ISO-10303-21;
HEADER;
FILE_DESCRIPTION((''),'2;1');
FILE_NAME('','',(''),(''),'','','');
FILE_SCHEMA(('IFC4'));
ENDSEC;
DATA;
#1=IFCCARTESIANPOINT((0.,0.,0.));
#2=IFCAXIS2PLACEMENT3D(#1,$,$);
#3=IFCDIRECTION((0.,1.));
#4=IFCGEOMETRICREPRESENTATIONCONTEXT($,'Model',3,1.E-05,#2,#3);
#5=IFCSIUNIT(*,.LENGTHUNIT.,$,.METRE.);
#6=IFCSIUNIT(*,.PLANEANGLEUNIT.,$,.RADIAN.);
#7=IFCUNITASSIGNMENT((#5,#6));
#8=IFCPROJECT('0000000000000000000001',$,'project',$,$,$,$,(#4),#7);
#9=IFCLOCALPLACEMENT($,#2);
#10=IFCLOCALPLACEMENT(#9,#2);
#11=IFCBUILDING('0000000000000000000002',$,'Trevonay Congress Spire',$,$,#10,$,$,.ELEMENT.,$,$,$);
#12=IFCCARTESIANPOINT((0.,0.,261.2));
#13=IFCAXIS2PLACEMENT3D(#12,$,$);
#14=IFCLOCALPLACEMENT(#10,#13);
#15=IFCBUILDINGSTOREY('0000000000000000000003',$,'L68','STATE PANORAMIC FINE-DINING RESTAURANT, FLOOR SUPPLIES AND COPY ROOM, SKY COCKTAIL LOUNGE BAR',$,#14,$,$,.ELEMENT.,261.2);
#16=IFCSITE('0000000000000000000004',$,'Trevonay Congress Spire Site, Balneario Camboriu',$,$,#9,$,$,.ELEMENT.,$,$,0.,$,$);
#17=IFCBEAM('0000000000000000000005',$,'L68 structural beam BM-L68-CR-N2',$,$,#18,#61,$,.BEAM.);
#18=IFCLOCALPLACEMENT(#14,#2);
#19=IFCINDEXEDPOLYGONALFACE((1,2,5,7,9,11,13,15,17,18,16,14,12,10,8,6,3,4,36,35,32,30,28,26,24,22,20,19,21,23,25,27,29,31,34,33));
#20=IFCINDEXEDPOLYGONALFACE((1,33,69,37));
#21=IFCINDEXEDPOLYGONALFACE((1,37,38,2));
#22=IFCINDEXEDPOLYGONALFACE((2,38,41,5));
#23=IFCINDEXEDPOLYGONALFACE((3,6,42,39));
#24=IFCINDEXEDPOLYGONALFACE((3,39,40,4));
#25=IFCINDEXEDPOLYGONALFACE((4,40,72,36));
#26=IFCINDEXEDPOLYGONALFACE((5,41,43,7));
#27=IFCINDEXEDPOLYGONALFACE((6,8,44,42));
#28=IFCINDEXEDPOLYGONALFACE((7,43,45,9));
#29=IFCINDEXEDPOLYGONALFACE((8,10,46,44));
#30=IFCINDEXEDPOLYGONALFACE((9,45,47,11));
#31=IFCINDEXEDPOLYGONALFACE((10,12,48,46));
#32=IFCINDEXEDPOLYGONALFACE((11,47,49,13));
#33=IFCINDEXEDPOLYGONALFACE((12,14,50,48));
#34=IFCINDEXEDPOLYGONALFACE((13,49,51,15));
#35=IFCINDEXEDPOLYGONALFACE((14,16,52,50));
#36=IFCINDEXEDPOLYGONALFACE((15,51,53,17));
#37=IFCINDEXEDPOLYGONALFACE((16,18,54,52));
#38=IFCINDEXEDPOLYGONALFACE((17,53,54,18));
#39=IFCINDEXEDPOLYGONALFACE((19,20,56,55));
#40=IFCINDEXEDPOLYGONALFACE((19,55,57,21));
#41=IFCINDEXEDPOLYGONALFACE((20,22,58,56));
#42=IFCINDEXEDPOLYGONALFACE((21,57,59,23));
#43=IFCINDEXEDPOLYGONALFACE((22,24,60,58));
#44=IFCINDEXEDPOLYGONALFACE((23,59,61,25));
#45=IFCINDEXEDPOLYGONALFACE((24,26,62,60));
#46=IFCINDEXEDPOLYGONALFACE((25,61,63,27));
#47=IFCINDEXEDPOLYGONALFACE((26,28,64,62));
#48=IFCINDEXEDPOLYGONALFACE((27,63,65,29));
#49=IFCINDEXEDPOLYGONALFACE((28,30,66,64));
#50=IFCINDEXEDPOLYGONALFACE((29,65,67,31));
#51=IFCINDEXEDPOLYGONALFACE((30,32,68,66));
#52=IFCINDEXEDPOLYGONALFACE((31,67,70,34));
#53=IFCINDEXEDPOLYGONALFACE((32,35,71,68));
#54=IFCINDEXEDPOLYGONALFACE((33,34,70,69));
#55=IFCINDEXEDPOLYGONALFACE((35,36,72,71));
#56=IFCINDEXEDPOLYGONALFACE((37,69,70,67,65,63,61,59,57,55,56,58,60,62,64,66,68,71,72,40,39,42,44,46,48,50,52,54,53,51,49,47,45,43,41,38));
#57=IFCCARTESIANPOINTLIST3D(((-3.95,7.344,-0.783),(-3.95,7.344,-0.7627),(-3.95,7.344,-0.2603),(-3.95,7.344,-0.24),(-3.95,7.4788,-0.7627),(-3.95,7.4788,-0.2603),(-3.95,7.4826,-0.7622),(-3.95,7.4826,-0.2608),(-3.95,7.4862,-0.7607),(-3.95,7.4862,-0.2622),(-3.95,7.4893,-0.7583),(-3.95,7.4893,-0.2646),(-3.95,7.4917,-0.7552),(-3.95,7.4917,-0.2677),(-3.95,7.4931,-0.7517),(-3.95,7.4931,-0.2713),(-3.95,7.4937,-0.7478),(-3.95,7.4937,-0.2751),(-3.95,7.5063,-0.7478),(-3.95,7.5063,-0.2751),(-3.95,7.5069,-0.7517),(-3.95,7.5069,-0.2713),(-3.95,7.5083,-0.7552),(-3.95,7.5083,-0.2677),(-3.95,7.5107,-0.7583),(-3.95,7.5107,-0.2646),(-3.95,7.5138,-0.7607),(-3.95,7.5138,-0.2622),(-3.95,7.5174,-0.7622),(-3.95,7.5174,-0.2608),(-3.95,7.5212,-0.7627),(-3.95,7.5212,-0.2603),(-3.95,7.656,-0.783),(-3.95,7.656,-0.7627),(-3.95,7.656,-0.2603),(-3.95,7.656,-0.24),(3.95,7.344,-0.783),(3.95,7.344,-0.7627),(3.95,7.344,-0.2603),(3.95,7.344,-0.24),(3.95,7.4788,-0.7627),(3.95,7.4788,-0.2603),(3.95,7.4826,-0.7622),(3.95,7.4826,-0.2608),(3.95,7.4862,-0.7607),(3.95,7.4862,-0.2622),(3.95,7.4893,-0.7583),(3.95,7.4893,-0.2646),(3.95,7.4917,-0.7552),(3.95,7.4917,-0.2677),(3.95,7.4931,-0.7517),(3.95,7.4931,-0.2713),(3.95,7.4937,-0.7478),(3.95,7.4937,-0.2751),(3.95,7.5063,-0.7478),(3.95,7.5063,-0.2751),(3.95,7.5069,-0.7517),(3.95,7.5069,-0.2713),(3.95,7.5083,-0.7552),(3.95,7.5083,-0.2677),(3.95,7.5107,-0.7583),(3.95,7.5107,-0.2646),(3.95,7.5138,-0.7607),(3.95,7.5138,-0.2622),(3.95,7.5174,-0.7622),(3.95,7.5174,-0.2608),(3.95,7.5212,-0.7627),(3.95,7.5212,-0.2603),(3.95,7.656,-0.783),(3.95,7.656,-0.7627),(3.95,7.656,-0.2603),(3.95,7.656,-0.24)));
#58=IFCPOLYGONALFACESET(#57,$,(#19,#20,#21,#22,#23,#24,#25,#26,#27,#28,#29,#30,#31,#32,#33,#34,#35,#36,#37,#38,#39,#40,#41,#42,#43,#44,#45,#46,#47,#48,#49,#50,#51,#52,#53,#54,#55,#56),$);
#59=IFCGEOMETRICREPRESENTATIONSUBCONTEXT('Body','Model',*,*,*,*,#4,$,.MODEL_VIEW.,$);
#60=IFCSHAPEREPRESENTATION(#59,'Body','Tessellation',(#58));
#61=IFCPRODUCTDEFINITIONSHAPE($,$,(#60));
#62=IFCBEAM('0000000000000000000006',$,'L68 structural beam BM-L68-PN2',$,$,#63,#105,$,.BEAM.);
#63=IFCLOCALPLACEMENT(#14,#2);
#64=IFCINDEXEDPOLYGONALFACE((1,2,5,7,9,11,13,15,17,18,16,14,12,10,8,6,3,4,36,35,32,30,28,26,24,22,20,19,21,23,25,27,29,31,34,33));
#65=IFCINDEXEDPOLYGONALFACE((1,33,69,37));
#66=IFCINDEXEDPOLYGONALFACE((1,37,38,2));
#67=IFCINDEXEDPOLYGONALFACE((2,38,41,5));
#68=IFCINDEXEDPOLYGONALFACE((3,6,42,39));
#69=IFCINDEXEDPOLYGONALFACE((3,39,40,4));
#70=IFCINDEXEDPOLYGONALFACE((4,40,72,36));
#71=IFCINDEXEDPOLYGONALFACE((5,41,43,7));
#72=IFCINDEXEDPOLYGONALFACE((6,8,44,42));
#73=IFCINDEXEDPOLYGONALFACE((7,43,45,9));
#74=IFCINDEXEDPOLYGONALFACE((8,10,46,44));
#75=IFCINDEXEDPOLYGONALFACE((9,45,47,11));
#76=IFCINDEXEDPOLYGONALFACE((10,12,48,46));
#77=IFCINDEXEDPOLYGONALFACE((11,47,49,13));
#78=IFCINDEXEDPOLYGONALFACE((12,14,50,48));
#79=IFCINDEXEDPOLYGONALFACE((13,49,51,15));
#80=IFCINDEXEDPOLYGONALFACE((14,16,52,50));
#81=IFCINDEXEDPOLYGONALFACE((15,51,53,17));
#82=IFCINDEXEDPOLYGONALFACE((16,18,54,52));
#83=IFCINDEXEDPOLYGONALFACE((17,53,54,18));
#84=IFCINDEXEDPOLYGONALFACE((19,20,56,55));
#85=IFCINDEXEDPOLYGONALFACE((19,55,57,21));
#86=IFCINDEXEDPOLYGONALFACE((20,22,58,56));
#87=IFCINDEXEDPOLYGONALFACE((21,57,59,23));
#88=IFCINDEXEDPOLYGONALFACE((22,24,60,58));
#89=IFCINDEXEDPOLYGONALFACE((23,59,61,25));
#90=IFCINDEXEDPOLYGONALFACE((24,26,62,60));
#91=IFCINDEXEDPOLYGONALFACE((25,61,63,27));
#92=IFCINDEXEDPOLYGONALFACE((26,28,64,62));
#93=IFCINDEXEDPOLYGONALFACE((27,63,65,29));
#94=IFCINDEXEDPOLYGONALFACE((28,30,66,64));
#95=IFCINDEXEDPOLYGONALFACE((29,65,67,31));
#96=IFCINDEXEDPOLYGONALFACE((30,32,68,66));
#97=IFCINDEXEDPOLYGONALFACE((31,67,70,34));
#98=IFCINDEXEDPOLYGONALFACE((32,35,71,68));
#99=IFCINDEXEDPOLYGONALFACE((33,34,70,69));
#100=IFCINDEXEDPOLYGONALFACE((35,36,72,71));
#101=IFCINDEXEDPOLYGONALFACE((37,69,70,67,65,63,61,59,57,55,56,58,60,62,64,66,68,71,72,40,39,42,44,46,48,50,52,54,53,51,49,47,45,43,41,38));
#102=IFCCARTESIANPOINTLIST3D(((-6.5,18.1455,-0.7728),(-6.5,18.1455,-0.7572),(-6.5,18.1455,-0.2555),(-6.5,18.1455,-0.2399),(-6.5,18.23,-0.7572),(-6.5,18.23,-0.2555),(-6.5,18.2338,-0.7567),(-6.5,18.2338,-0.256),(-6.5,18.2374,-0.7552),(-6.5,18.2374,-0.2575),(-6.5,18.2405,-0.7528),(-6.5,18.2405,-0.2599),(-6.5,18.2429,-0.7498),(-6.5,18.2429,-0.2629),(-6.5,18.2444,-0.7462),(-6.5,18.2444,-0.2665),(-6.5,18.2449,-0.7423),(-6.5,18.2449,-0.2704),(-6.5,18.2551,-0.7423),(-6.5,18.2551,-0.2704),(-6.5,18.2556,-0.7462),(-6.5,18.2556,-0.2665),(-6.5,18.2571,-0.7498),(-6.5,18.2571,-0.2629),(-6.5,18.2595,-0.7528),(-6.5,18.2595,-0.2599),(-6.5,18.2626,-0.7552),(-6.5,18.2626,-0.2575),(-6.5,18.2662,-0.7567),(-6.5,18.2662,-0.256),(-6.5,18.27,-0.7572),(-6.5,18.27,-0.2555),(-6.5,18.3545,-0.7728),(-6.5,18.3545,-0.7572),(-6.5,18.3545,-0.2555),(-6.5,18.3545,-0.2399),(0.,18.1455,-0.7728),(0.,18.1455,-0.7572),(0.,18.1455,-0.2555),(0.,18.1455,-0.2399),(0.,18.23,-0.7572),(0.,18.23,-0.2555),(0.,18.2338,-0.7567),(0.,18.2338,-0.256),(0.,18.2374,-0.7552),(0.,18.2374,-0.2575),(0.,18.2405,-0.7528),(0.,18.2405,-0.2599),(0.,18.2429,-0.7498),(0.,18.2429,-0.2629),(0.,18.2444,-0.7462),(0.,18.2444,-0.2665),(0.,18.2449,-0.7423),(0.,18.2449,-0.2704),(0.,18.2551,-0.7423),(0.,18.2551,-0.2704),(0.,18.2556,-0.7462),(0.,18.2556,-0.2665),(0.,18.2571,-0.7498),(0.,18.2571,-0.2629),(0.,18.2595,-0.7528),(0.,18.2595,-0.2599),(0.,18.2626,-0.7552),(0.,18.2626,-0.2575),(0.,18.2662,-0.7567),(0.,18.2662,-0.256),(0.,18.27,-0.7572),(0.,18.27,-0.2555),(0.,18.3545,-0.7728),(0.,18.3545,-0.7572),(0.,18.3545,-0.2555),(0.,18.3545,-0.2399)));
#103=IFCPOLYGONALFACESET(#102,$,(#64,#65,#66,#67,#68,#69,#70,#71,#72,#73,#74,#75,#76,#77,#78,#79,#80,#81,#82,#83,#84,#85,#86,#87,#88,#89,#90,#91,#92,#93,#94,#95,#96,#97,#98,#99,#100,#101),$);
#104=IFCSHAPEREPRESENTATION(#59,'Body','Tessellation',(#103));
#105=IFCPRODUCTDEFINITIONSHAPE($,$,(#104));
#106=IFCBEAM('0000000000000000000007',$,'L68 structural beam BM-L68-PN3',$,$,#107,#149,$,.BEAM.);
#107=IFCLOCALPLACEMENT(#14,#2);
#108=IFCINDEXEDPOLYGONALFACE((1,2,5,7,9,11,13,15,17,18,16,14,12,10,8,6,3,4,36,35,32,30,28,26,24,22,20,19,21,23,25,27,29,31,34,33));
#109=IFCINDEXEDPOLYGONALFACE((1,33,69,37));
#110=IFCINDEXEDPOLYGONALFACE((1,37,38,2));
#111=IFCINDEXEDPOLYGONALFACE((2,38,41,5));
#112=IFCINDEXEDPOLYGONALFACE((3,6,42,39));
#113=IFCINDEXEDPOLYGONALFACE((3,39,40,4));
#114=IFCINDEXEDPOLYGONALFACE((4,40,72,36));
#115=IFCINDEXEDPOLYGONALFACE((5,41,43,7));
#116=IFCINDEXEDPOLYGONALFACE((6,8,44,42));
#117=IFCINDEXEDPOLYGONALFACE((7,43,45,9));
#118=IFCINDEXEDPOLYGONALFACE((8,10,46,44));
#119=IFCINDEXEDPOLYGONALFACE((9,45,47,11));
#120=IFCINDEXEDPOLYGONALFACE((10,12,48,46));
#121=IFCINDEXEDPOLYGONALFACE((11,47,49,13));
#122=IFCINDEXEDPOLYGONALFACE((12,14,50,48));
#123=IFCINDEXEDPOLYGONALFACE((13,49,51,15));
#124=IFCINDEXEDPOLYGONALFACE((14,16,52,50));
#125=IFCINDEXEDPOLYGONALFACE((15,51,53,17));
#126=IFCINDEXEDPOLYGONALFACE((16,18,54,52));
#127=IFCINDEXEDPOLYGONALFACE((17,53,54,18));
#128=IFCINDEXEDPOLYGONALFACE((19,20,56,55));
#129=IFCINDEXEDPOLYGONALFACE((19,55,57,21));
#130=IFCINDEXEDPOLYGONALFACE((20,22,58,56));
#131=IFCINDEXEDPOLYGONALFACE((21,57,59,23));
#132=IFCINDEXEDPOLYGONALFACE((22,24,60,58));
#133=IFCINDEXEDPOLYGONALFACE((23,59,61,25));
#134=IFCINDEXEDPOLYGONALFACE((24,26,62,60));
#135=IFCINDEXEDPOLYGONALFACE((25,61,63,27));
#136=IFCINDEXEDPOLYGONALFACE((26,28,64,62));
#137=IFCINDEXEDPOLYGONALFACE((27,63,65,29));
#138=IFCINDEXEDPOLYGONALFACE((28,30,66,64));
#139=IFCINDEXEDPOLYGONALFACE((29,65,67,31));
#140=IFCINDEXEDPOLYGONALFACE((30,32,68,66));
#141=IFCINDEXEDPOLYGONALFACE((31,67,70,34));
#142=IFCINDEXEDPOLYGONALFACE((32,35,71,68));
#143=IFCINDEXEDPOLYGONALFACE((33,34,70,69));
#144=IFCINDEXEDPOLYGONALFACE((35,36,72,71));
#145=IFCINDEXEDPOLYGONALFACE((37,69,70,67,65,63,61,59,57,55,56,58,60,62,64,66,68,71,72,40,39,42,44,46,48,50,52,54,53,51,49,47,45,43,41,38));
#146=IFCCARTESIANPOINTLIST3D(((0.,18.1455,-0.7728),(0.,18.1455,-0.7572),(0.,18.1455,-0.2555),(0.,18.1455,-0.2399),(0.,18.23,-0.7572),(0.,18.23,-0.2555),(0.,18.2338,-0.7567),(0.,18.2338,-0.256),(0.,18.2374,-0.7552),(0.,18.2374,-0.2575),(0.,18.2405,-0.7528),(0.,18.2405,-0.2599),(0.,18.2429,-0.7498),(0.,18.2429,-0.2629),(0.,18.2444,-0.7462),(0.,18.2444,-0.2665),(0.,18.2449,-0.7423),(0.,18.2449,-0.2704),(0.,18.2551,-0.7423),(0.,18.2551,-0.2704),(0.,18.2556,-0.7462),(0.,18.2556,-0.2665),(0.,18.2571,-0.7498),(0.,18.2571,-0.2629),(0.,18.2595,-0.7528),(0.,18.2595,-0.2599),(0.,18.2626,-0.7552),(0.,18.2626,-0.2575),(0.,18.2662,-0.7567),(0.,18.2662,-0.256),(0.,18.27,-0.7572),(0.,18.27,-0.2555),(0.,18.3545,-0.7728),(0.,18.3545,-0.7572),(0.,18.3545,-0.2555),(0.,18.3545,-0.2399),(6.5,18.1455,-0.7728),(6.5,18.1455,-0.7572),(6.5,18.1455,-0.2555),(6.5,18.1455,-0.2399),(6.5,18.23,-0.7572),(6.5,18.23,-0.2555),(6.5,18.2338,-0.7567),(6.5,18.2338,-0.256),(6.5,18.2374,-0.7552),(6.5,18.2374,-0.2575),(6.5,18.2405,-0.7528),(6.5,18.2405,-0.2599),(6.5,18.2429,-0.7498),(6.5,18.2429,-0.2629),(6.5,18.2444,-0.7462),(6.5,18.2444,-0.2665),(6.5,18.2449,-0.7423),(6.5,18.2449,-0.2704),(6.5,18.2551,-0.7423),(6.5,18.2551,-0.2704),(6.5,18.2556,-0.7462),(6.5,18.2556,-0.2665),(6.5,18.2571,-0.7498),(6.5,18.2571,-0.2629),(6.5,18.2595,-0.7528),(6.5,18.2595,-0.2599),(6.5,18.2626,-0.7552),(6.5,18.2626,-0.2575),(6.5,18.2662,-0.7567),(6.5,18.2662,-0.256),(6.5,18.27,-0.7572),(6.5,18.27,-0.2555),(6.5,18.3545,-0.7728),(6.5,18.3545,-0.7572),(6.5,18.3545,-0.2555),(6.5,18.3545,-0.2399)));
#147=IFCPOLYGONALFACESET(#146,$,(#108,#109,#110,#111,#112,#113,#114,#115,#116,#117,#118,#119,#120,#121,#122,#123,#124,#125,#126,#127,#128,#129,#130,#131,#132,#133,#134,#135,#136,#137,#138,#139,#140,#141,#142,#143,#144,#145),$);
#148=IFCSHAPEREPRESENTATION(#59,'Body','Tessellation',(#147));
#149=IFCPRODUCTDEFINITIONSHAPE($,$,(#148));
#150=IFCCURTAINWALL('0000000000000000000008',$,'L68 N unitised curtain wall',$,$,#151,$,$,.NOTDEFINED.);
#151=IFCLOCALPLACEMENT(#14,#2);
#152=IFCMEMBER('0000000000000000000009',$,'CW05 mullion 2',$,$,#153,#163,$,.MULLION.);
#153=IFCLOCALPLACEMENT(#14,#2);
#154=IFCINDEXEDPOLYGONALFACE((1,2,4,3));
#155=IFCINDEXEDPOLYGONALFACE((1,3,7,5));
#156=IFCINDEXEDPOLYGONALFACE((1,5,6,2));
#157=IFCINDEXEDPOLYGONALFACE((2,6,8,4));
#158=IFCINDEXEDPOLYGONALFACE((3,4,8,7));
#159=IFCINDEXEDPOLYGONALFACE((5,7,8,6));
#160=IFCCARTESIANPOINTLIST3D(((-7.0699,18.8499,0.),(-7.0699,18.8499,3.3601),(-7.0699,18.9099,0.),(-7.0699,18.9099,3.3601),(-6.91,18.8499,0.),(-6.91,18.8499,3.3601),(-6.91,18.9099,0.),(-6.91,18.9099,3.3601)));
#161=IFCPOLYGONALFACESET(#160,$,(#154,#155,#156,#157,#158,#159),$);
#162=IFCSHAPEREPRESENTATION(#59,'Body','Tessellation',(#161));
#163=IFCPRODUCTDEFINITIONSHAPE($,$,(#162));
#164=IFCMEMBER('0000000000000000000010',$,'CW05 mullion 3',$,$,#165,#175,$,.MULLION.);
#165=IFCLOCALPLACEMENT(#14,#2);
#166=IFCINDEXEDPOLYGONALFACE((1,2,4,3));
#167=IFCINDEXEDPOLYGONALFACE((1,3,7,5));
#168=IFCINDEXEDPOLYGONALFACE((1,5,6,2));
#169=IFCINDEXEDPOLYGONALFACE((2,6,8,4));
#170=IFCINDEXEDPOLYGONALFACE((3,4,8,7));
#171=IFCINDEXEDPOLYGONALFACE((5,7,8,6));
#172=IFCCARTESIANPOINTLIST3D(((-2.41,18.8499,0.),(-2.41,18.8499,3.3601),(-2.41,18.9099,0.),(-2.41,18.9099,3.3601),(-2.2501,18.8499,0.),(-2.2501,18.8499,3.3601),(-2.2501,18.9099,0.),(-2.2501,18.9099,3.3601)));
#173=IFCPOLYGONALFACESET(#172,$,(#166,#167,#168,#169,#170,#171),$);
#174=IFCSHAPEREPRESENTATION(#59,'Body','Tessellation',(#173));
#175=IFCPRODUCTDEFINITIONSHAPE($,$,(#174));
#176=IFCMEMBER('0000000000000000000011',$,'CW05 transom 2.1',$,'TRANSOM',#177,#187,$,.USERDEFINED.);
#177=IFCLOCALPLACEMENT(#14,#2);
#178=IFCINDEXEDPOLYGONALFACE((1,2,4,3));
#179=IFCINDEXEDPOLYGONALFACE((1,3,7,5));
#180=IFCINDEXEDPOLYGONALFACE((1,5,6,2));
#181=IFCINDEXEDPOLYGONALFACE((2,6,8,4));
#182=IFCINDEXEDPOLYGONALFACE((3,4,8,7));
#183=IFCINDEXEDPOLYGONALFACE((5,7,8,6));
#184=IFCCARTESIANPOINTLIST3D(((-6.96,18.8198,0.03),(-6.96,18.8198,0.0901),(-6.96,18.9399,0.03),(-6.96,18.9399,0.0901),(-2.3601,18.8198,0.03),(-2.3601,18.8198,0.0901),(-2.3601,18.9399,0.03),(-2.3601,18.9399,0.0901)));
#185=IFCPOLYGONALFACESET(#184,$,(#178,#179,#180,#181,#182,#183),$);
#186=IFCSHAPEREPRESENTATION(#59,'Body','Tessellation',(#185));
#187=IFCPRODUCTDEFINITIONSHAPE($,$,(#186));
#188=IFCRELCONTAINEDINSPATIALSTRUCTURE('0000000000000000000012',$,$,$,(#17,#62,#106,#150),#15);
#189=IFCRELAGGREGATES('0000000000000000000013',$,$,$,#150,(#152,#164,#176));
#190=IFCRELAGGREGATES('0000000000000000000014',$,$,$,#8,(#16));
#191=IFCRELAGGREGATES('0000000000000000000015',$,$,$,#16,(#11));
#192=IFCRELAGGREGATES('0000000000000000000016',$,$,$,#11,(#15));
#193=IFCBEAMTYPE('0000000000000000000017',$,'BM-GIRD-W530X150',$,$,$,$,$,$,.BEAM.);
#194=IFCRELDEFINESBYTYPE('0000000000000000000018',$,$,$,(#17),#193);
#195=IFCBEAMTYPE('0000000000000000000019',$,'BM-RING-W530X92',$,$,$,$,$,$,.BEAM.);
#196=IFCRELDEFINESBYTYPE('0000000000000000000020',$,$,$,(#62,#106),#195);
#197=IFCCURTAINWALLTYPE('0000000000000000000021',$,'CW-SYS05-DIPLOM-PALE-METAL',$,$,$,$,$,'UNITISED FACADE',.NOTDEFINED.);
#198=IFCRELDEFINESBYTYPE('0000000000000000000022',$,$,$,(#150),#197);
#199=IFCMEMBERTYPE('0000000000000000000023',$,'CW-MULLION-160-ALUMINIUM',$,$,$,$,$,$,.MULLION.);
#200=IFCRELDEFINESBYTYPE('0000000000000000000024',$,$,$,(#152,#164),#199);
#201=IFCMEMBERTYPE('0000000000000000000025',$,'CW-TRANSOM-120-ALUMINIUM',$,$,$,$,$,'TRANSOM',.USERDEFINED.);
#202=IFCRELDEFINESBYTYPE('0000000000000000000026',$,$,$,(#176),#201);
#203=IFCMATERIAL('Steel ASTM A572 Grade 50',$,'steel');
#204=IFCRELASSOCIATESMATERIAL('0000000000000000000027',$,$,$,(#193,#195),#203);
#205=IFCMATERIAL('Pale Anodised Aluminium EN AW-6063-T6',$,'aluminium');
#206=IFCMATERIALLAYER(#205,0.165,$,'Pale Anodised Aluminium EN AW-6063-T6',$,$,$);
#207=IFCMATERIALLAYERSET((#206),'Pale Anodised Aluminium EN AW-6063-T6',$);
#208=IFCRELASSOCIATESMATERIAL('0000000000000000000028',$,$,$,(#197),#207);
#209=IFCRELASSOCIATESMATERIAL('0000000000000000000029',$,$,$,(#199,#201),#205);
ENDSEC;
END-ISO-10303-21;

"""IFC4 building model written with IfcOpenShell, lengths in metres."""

from ifc_helpers import new_model, si_unit, direction, frame, origin, origin_2d, place, context, subcontext, project, spatial, rectangle, i_section, extrude, material, layer, layer_set, material_profile, profile_set, type_object, element, aggregate, save


model = new_model("IFC4")

# Units and contexts
model_context = context("Model", 3, precision=1e-05, world=origin(), true_north=direction((0.0, 1.0)))
body_context = subcontext(model_context, "Body", "Model", "MODEL_VIEW")
ifc_project = project(units=[si_unit("LENGTHUNIT", "METRE"), si_unit("PLANEANGLEUNIT", "RADIAN")], contexts=[model_context])

# Site, building, storey
site_placement = place(None, origin())
site = spatial("IfcSite", under=ifc_project, at=site_placement, Name="Trevonay Congress Spire Site, Balneario Camboriu", CompositionType="ELEMENT", RefElevation=0.0)
building_placement = place(site_placement, origin())
building = spatial("IfcBuilding", under=site, at=building_placement, Name="Trevonay Congress Spire", CompositionType="ELEMENT")
storey_placement = place(building_placement, frame((0.0, 0.0, 261.2)))
storey = spatial("IfcBuildingStorey", under=building, at=storey_placement, Name="L68", Description="STATE PANORAMIC FINE-DINING RESTAURANT, FLOOR SUPPLIES AND COPY ROOM, SKY COCKTAIL LOUNGE BAR", CompositionType="ELEMENT", Elevation=261.2)

# Shared definitions
ifc_material_1 = material(Name="Steel ASTM A572 Grade 50", Category="steel")

# Beams
ifc_material_profile_1 = material_profile(ifc_material_1, i_section(OverallWidth=0.312, OverallDepth=0.543, WebThickness=0.0127, FlangeThickness=0.0203, FilletRadius=0.0149, at=origin_2d()), Name="W530x150")
ifc_profile_set_1 = profile_set([ifc_material_profile_1], Name="Steel ASTM A572 Grade 50")
beam_type_1 = type_object("IfcBeamType", Name="BM-GIRD-W530X150", PredefinedType="BEAM", material=ifc_profile_set_1)
beam_1_placement = place(storey_placement, frame((-3.95, 7.5, -0.5115), z_axis=(1.0, 0.0, 0.0), x_axis=(0.0, 1.0, 0.0)))
element("IfcBeam", 1, at=beam_1_placement, inside=storey, type_object=beam_type_1, Name="L68 structural beam BM-L68-CR-N2", PredefinedType="BEAM", context=body_context, shape_type="SweptSolid", body=[
    extrude(i_section(OverallWidth=0.312, OverallDepth=0.543, WebThickness=0.0127, FlangeThickness=0.0203, FilletRadius=0.0149, at=origin_2d()), origin(), (0.0, 0.0, 1.0), 7.8999),
])
ifc_material_profile_2 = material_profile(ifc_material_1, i_section(OverallWidth=0.209, OverallDepth=0.533, WebThickness=0.0103, FlangeThickness=0.0156, FilletRadius=0.0149, at=origin_2d()), Name="W530x92")
ifc_profile_set_2 = profile_set([ifc_material_profile_2], Name="Steel ASTM A572 Grade 50")
beam_type_2 = type_object("IfcBeamType", Name="BM-RING-W530X92", PredefinedType="BEAM", material=ifc_profile_set_2)
for number, where, z_axis, x_axis, name in (
    (2, (-6.5, 18.25, -0.5063), (1.0, 0.0, 0.0), (0.0, 1.0, 0.0), "L68 structural beam BM-L68-PN2"),
    (3, (0.0, 18.25, -0.5063), (1.0, 0.0, 0.0), (0.0, 1.0, 0.0), "L68 structural beam BM-L68-PN3"),
):
    element("IfcBeam", number, at=place(storey_placement, frame(where, z_axis=z_axis, x_axis=x_axis)), inside=storey, type_object=beam_type_2, Name=name, PredefinedType="BEAM", context=body_context, shape_type="SweptSolid", body=[
        extrude(i_section(OverallWidth=0.209, OverallDepth=0.533, WebThickness=0.0103, FlangeThickness=0.0156, FilletRadius=0.0149, at=origin_2d()), origin(), (0.0, 0.0, 1.0), 6.5),
    ])

# Curtain wall, members
ifc_material_2 = material(Name="Pale Anodised Aluminium EN AW-6063-T6", Category="aluminium")
ifc_layer_1 = layer(ifc_material_2, 0.165, Name="Pale Anodised Aluminium EN AW-6063-T6")
ifc_layer_set_1 = layer_set([ifc_layer_1], Name="Pale Anodised Aluminium EN AW-6063-T6")
curtain_wall_type = type_object("IfcCurtainWallType", Name="CW-SYS05-DIPLOM-PALE-METAL", ElementType="UNITISED FACADE", PredefinedType="NOTDEFINED", material=ifc_layer_set_1)
curtain_wall_placement = place(storey_placement, origin())
curtain_wall = element("IfcCurtainWall", 4, at=curtain_wall_placement, inside=storey, type_object=curtain_wall_type, Name="L68 N unitised curtain wall", PredefinedType="NOTDEFINED")
ifc_material_profile_3 = material_profile(ifc_material_2, rectangle(XDim=0.0601, YDim=0.1599, at=origin_2d()), Name="CW-MULLION-160-ALUMINIUM")
ifc_profile_set_3 = profile_set([ifc_material_profile_3], Name="Pale Anodised Aluminium EN AW-6063-T6")
member_type_1 = type_object("IfcMemberType", Name="CW-MULLION-160-ALUMINIUM", PredefinedType="MULLION", material=ifc_profile_set_3)
member_1_placement = place(storey_placement, frame((-6.99, 18.8799, 0.0), z_axis=(0.0, 0.0, 1.0), x_axis=(0.0, 1.0, 0.0)))
member_1 = element("IfcMember", 5, at=member_1_placement, type_object=member_type_1, Name="CW05 mullion 2", PredefinedType="MULLION", context=body_context, shape_type="SweptSolid", body=[
    extrude(rectangle(XDim=0.0601, YDim=0.1599, at=origin_2d()), origin(), (0.0, 0.0, 1.0), 3.3601),
])
member_2_placement = place(storey_placement, frame((-2.3301, 18.8799, 0.0), z_axis=(0.0, 0.0, 1.0), x_axis=(0.0, 1.0, 0.0)))
member_2 = element("IfcMember", 6, at=member_2_placement, type_object=member_type_1, Name="CW05 mullion 3", PredefinedType="MULLION", context=body_context, shape_type="SweptSolid", body=[
    extrude(rectangle(XDim=0.0601, YDim=0.1599, at=origin_2d()), origin(), (0.0, 0.0, 1.0), 3.3601),
])
ifc_material_profile_4 = material_profile(ifc_material_2, rectangle(XDim=0.1201, YDim=0.0601, at=origin_2d()), Name="CW-TRANSOM-120-ALUMINIUM")
ifc_profile_set_4 = profile_set([ifc_material_profile_4], Name="Pale Anodised Aluminium EN AW-6063-T6")
member_type_2 = type_object("IfcMemberType", Name="CW-TRANSOM-120-ALUMINIUM", ElementType="TRANSOM", PredefinedType="USERDEFINED", material=ifc_profile_set_4)
member_3_placement = place(storey_placement, frame((-6.96, 18.8799, 0.0601), z_axis=(1.0, 0.0, 0.0), x_axis=(0.0, 1.0, 0.0)))
member_3 = element("IfcMember", 7, at=member_3_placement, type_object=member_type_2, Name="CW05 transom 2.1", ObjectType="TRANSOM", PredefinedType="USERDEFINED", context=body_context, shape_type="SweptSolid", body=[
    extrude(rectangle(XDim=0.1201, YDim=0.0601, at=origin_2d()), origin(), (0.0, 0.0, 1.0), 4.5999),
])
aggregate(curtain_wall, [member_1, member_2, member_3])

save(model, "model.ifc")
